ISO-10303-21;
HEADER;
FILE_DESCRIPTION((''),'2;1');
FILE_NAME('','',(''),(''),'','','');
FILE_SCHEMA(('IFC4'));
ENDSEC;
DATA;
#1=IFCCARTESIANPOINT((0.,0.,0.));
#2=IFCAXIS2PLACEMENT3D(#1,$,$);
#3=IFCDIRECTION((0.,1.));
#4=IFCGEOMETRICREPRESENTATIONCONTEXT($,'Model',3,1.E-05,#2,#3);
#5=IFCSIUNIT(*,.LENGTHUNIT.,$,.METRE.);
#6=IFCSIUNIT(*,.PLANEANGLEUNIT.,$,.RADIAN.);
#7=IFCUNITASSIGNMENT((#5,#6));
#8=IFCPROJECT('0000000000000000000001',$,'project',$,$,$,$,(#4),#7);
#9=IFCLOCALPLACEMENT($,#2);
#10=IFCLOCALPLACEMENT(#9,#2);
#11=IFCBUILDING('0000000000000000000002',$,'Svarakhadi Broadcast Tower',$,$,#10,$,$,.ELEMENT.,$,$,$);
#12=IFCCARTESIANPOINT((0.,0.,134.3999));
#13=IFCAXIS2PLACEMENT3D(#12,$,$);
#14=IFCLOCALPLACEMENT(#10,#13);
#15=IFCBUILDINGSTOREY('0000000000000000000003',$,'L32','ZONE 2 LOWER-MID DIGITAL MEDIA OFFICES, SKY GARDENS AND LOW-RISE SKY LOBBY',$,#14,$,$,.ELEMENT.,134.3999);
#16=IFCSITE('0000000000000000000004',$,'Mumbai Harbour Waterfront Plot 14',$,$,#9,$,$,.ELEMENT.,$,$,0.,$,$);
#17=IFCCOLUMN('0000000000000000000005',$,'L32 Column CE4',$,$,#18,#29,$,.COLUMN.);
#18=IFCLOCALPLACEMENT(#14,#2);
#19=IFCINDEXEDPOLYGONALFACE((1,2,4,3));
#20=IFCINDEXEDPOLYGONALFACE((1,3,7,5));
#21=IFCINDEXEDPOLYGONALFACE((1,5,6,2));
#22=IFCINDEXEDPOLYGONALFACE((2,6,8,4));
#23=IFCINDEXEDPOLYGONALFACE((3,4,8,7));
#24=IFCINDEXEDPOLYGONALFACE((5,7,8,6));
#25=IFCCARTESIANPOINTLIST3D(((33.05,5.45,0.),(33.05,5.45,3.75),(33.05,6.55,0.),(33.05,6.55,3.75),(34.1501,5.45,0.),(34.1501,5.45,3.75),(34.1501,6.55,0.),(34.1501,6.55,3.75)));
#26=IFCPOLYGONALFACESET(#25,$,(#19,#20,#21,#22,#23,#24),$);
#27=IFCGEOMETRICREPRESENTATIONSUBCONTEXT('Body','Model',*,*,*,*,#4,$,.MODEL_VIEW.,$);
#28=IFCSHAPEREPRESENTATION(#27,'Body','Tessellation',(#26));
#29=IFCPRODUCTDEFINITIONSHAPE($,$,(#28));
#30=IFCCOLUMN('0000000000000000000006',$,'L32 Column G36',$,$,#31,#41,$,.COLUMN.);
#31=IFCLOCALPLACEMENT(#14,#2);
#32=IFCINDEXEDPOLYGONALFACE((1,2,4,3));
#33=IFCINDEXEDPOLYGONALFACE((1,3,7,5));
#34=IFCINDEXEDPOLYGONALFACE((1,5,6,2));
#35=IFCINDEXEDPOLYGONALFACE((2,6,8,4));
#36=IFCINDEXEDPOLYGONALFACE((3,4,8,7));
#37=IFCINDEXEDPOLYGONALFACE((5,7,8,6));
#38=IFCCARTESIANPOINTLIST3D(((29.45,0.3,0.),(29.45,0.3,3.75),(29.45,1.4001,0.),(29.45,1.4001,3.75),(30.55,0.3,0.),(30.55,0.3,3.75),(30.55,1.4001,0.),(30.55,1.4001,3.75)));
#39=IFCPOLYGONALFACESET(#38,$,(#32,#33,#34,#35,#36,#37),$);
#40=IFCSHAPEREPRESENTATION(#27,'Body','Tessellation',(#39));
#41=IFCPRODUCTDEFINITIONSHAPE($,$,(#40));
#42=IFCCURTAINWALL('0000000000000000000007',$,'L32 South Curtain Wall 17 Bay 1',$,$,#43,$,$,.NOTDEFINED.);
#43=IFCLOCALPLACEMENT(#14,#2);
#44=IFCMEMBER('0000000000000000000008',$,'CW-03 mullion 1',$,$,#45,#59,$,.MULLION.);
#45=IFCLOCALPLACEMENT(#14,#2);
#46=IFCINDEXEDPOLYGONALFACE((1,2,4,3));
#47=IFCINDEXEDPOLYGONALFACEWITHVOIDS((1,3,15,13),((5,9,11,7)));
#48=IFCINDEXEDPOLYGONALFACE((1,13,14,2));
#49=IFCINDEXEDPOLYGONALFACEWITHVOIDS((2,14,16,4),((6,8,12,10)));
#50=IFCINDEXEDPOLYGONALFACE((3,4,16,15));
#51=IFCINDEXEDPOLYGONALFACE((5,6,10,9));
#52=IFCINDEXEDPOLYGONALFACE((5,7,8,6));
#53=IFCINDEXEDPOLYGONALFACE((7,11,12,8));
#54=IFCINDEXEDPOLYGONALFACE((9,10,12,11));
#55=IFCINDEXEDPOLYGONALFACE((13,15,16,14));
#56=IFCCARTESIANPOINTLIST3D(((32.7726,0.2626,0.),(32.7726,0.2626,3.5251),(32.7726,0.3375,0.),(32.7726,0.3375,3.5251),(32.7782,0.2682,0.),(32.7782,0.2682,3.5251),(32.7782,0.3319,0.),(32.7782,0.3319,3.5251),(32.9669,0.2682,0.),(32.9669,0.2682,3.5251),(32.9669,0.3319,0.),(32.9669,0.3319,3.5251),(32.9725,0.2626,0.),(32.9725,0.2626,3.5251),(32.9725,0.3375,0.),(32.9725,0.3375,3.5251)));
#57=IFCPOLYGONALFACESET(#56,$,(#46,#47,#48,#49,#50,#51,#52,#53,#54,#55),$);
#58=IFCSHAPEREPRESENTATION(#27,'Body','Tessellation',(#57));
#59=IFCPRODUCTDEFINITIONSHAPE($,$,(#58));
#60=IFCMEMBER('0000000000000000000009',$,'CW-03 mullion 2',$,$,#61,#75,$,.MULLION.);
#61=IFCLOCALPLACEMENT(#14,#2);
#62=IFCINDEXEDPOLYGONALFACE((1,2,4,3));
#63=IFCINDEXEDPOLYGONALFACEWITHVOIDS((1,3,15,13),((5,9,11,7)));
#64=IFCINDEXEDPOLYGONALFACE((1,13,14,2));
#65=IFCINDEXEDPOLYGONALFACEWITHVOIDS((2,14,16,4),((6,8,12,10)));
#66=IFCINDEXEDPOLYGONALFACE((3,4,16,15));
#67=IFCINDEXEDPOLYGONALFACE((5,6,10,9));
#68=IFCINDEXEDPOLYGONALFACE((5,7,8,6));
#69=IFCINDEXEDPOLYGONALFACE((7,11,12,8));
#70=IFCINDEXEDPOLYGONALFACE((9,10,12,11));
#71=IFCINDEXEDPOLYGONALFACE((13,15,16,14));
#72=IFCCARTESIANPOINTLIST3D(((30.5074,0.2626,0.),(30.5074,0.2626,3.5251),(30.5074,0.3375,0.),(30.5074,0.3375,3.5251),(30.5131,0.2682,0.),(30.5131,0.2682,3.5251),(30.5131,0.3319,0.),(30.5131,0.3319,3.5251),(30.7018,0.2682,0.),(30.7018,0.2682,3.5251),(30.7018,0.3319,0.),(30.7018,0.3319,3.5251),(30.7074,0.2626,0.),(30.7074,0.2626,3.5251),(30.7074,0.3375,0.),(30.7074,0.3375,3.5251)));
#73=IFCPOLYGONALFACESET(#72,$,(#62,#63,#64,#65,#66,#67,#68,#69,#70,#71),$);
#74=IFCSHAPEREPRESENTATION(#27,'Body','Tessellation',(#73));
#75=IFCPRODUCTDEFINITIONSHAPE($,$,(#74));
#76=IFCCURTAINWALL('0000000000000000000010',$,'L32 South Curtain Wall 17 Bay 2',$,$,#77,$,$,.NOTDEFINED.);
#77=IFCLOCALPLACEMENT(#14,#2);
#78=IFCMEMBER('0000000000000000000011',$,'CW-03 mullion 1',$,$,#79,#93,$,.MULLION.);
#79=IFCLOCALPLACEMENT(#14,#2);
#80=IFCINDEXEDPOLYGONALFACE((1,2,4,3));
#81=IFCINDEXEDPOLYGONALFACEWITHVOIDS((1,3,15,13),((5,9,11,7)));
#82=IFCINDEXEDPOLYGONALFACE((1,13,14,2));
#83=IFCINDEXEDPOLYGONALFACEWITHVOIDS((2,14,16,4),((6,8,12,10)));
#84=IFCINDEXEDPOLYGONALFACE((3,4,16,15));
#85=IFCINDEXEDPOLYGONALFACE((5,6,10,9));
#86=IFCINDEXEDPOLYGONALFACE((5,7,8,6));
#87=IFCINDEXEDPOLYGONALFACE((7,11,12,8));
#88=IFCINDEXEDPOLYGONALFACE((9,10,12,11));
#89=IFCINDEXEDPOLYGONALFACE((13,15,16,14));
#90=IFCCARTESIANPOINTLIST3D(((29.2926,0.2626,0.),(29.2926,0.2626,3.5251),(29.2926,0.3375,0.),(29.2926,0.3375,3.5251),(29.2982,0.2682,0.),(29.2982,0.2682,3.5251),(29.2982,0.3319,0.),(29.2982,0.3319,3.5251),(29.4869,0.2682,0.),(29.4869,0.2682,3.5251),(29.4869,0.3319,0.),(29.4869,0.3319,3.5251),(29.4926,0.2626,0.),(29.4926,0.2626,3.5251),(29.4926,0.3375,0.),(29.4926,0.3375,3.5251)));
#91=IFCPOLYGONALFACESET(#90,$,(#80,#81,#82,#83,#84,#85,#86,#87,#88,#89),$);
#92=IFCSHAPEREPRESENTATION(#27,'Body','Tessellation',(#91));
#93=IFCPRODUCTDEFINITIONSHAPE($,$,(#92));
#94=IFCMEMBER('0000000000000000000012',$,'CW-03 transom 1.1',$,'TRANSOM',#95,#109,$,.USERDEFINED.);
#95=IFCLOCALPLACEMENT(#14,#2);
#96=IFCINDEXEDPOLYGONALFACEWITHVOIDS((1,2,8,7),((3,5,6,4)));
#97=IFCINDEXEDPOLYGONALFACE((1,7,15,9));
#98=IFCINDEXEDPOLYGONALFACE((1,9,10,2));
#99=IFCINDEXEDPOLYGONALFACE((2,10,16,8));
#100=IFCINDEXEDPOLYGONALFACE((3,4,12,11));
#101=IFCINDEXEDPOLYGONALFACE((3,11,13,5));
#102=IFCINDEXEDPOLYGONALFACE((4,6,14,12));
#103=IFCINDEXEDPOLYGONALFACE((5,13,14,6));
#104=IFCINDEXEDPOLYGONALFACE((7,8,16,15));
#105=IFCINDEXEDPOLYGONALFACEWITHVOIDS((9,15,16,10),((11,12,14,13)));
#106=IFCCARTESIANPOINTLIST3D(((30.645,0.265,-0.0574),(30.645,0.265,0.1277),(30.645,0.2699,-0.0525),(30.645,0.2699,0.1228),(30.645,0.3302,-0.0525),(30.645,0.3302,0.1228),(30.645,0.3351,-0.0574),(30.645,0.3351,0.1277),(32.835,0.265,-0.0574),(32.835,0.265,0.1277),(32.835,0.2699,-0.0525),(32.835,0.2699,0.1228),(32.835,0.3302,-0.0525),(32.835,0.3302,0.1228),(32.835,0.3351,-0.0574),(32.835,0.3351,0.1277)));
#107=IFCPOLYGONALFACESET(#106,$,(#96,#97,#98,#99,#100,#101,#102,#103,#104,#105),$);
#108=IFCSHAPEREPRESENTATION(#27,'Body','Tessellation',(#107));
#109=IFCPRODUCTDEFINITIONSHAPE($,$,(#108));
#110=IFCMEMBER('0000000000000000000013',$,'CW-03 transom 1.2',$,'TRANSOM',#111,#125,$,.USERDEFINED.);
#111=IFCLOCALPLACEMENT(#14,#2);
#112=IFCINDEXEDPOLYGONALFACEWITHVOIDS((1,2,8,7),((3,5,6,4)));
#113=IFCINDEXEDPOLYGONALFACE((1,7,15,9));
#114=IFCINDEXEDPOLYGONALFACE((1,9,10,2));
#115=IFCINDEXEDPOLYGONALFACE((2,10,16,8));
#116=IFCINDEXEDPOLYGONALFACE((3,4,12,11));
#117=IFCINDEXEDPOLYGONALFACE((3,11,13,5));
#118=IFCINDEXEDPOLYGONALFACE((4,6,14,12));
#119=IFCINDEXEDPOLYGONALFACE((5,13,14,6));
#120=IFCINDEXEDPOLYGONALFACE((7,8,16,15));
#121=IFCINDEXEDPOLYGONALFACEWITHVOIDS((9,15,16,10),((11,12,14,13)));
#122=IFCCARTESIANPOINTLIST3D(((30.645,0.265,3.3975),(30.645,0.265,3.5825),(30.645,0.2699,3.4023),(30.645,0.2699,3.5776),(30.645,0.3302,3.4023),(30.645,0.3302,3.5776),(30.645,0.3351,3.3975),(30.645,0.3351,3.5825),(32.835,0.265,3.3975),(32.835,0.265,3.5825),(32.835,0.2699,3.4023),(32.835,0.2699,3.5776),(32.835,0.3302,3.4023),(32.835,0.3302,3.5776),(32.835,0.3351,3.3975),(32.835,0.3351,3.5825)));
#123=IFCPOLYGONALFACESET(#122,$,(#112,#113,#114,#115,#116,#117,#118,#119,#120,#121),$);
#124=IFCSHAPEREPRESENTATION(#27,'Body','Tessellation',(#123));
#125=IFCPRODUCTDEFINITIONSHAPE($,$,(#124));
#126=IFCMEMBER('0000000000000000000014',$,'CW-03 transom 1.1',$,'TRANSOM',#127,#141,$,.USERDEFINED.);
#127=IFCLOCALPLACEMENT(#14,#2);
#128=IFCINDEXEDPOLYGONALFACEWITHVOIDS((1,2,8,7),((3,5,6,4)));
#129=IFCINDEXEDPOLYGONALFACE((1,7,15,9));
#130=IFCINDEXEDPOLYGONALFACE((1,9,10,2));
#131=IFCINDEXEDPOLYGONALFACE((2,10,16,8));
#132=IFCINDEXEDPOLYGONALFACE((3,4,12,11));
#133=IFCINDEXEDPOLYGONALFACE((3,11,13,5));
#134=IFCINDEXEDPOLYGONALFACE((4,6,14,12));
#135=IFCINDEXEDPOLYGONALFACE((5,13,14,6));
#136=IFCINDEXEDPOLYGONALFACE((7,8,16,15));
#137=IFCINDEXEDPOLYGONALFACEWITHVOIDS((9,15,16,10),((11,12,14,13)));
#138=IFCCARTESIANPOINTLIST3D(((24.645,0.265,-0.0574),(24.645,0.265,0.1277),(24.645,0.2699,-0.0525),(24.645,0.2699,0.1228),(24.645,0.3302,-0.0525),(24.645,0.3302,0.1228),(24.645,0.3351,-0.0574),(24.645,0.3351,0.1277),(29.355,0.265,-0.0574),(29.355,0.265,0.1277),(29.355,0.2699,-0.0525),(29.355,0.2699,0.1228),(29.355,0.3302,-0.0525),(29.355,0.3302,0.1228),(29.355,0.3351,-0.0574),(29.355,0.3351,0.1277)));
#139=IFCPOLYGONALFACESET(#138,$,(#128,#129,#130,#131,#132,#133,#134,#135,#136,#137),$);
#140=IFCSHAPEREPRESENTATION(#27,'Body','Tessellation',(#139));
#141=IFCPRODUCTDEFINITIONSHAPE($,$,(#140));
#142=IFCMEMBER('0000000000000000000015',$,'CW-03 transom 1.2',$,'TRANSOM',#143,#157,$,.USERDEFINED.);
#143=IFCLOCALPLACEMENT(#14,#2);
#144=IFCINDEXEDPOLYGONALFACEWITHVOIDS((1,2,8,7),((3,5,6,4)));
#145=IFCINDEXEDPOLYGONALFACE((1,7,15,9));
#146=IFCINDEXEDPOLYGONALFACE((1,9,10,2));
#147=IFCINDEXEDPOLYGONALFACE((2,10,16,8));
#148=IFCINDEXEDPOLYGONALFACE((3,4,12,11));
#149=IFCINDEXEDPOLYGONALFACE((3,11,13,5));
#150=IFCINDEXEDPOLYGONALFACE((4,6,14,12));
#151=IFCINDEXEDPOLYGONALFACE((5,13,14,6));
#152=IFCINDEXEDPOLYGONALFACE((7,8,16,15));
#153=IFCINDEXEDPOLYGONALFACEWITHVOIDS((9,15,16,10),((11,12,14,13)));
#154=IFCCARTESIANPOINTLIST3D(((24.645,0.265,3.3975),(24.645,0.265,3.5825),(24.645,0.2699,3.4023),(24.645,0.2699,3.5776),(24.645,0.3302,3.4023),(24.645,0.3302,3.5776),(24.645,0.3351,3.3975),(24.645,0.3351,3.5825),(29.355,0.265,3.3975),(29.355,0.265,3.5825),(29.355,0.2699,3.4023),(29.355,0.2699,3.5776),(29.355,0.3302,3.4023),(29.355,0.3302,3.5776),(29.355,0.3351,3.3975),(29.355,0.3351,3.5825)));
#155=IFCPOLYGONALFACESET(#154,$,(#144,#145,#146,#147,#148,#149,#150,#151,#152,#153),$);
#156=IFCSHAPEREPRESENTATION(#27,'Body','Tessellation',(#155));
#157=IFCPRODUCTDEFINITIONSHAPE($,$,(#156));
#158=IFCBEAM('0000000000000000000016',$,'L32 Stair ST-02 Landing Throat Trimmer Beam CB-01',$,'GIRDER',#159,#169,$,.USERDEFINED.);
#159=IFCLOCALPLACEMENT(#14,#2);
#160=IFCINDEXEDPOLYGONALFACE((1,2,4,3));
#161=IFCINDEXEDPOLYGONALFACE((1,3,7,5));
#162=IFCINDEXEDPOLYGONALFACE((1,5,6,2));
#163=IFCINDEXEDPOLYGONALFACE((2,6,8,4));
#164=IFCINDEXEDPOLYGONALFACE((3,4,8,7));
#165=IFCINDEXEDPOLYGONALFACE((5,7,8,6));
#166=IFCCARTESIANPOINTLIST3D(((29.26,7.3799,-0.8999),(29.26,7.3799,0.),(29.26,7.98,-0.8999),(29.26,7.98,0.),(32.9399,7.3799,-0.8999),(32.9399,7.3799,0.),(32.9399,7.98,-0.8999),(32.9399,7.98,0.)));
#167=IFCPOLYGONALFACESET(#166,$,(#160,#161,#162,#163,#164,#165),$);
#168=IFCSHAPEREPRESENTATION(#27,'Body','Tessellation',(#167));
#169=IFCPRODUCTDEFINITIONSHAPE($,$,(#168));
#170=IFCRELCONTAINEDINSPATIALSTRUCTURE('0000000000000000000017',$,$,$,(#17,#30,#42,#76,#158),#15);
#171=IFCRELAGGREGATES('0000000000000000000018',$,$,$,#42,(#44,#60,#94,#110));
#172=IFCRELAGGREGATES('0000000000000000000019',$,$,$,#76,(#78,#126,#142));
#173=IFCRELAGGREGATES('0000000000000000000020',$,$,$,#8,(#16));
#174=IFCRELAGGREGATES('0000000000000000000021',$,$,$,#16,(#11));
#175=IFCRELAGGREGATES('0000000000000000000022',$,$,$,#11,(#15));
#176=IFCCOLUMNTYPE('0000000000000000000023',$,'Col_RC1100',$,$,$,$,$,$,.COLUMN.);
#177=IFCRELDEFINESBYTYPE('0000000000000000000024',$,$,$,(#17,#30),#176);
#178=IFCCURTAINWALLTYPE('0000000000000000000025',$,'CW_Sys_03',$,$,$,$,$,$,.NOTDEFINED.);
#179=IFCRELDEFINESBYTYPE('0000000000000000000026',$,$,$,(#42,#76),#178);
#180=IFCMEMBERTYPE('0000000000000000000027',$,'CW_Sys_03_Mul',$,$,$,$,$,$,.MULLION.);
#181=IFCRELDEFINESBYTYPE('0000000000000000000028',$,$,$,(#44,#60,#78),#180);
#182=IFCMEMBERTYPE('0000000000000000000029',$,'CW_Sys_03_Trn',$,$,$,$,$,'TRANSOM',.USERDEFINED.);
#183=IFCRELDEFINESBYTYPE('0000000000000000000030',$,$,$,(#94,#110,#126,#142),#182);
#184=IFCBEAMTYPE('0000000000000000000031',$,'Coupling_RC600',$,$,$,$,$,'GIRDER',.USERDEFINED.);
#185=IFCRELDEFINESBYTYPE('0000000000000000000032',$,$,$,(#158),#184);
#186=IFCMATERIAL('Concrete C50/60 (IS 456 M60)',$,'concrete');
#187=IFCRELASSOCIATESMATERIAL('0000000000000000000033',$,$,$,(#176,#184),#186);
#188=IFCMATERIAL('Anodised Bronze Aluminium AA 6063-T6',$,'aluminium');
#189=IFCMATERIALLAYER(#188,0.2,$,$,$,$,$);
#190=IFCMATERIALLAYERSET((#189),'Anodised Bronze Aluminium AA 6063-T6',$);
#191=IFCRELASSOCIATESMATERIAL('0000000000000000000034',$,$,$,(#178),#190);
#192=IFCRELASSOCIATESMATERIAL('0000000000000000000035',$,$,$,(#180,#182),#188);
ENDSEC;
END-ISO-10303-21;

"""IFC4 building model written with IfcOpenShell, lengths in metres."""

from ifc_helpers import new_model, si_unit, direction, frame, origin, origin_2d, place, context, subcontext, project, spatial, rectangle, hollow_rectangle, extrude, material, layer, layer_set, material_profile, profile_set, type_object, element, aggregate, save


model = new_model("IFC4")

# Units and contexts
model_context = context("Model", 3, precision=1e-05, world=origin(), true_north=direction((0.0, 1.0)))
body_context = subcontext(model_context, "Body", "Model", "MODEL_VIEW")
ifc_project = project(units=[si_unit("LENGTHUNIT", "METRE"), si_unit("PLANEANGLEUNIT", "RADIAN")], contexts=[model_context])

# Site, building, storey
site_placement = place(None, origin())
site = spatial("IfcSite", under=ifc_project, at=site_placement, Name="Mumbai Harbour Waterfront Plot 14", CompositionType="ELEMENT", RefElevation=0.0)
building_placement = place(site_placement, origin())
building = spatial("IfcBuilding", under=site, at=building_placement, Name="Svarakhadi Broadcast Tower", CompositionType="ELEMENT")
storey_placement = place(building_placement, frame((0.0, 0.0, 134.3999)))
storey = spatial("IfcBuildingStorey", under=building, at=storey_placement, Name="L32", Description="ZONE 2 LOWER-MID DIGITAL MEDIA OFFICES, SKY GARDENS AND LOW-RISE SKY LOBBY", CompositionType="ELEMENT", Elevation=134.3999)

# Columns
ifc_material_1 = material(Name="Concrete C50/60 (IS 456 M60)", Category="concrete")
ifc_material_profile_1 = material_profile(ifc_material_1, rectangle(XDim=1.1001, YDim=1.1001, at=origin_2d()), Name="RC 1100x1100")
ifc_profile_set_1 = profile_set([ifc_material_profile_1], Name="Concrete C50/60 (IS 456 M60)")
column_type = type_object("IfcColumnType", Name="Col_RC1100", PredefinedType="COLUMN", material=ifc_profile_set_1)
for number, where, z_axis, x_axis, name in (
    (1, (33.6001, 6.0, 0.0), (0.0, 0.0, 1.0), (1.0, 0.0, 0.0), "L32 Column CE4"),
    (2, (30.0, 0.8501, 0.0), (0.0, 0.0, 1.0), (1.0, 0.0, 0.0), "L32 Column G36"),
):
    element("IfcColumn", number, at=place(storey_placement, frame(where, z_axis=z_axis, x_axis=x_axis)), inside=storey, type_object=column_type, Name=name, PredefinedType="COLUMN", context=body_context, shape_type="SweptSolid", body=[
        extrude(rectangle(XDim=1.1001, YDim=1.1001, at=origin_2d()), origin(), (0.0, 0.0, 1.0), 3.75),
    ])

# Curtain wall, members
ifc_material_2 = material(Name="Anodised Bronze Aluminium AA 6063-T6", Category="aluminium")
ifc_layer_1 = layer(ifc_material_2, 0.2)
ifc_layer_set_1 = layer_set([ifc_layer_1], Name="Anodised Bronze Aluminium AA 6063-T6")
curtain_wall_type = type_object("IfcCurtainWallType", Name="CW_Sys_03", PredefinedType="NOTDEFINED", material=ifc_layer_set_1)
curtain_wall_1_placement = place(storey_placement, origin())
curtain_wall_1 = element("IfcCurtainWall", 3, at=curtain_wall_1_placement, inside=storey, type_object=curtain_wall_type, Name="L32 South Curtain Wall 17 Bay 1", PredefinedType="NOTDEFINED")
ifc_material_profile_2 = material_profile(ifc_material_2, hollow_rectangle(XDim=0.075, YDim=0.2, WallThickness=0.0056, at=origin_2d()), Name="ALU MULLION 200x75x6")
ifc_profile_set_2 = profile_set([ifc_material_profile_2], Name="Anodised Bronze Aluminium AA 6063-T6")
member_type_1 = type_object("IfcMemberType", Name="CW_Sys_03_Mul", PredefinedType="MULLION", material=ifc_profile_set_2)
member_1_placement = place(storey_placement, frame((32.8726, 0.3, 0.0), z_axis=(0.0, 0.0, 1.0), x_axis=(0.0, -1.0, 0.0)))
member_1 = element("IfcMember", 4, at=member_1_placement, type_object=member_type_1, Name="CW-03 mullion 1", PredefinedType="MULLION", context=body_context, shape_type="SweptSolid", body=[
    extrude(hollow_rectangle(XDim=0.075, YDim=0.2, WallThickness=0.0056, at=origin_2d()), origin(), (0.0, 0.0, 1.0), 3.5251),
])
member_2_placement = place(storey_placement, frame((30.6074, 0.3, 0.0), z_axis=(0.0, 0.0, 1.0), x_axis=(0.0, -1.0, 0.0)))
member_2 = element("IfcMember", 5, at=member_2_placement, type_object=member_type_1, Name="CW-03 mullion 2", PredefinedType="MULLION", context=body_context, shape_type="SweptSolid", body=[
    extrude(hollow_rectangle(XDim=0.075, YDim=0.2, WallThickness=0.0056, at=origin_2d()), origin(), (0.0, 0.0, 1.0), 3.5251),
])

# Curtain wall, member
curtain_wall_2_placement = place(storey_placement, origin())
curtain_wall_2 = element("IfcCurtainWall", 6, at=curtain_wall_2_placement, inside=storey, type_object=curtain_wall_type, Name="L32 South Curtain Wall 17 Bay 2", PredefinedType="NOTDEFINED")
member_3_placement = place(storey_placement, frame((29.3926, 0.3, 0.0), z_axis=(0.0, 0.0, 1.0), x_axis=(0.0, -1.0, 0.0)))
member_3 = element("IfcMember", 7, at=member_3_placement, type_object=member_type_1, Name="CW-03 mullion 1", PredefinedType="MULLION", context=body_context, shape_type="SweptSolid", body=[
    extrude(hollow_rectangle(XDim=0.075, YDim=0.2, WallThickness=0.0056, at=origin_2d()), origin(), (0.0, 0.0, 1.0), 3.5251),
])

# Members
ifc_material_profile_3 = material_profile(ifc_material_2, hollow_rectangle(XDim=0.0701, YDim=0.1851, WallThickness=0.0049, at=origin_2d()), Name="ALU TRANSOM 185x70x5")
ifc_profile_set_3 = profile_set([ifc_material_profile_3], Name="Anodised Bronze Aluminium AA 6063-T6")
member_type_2 = type_object("IfcMemberType", Name="CW_Sys_03_Trn", ElementType="TRANSOM", PredefinedType="USERDEFINED", material=ifc_profile_set_3)
member_4_placement = place(storey_placement, frame((32.835, 0.3, 0.0352), z_axis=(-1.0, 0.0, 0.0), x_axis=(0.0, -1.0, 0.0)))
member_4 = element("IfcMember", 8, at=member_4_placement, type_object=member_type_2, Name="CW-03 transom 1.1", ObjectType="TRANSOM", PredefinedType="USERDEFINED", context=body_context, shape_type="SweptSolid", body=[
    extrude(hollow_rectangle(XDim=0.0701, YDim=0.1851, WallThickness=0.0049, at=origin_2d()), origin(), (0.0, 0.0, 1.0), 2.1899),
])
member_5_placement = place(storey_placement, frame((32.835, 0.3, 3.49), z_axis=(-1.0, 0.0, 0.0), x_axis=(0.0, -1.0, 0.0)))
member_5 = element("IfcMember", 9, at=member_5_placement, type_object=member_type_2, Name="CW-03 transom 1.2", ObjectType="TRANSOM", PredefinedType="USERDEFINED", context=body_context, shape_type="SweptSolid", body=[
    extrude(hollow_rectangle(XDim=0.0701, YDim=0.1851, WallThickness=0.0049, at=origin_2d()), origin(), (0.0, 0.0, 1.0), 2.1899),
])
member_6_placement = place(storey_placement, frame((29.355, 0.3, 0.0352), z_axis=(-1.0, 0.0, 0.0), x_axis=(0.0, -1.0, 0.0)))
member_6 = element("IfcMember", 10, at=member_6_placement, type_object=member_type_2, Name="CW-03 transom 1.1", ObjectType="TRANSOM", PredefinedType="USERDEFINED", context=body_context, shape_type="SweptSolid", body=[
    extrude(hollow_rectangle(XDim=0.0701, YDim=0.1851, WallThickness=0.0049, at=origin_2d()), origin(), (0.0, 0.0, 1.0), 4.71),
])
member_7_placement = place(storey_placement, frame((29.355, 0.3, 3.49), z_axis=(-1.0, 0.0, 0.0), x_axis=(0.0, -1.0, 0.0)))
member_7 = element("IfcMember", 11, at=member_7_placement, type_object=member_type_2, Name="CW-03 transom 1.2", ObjectType="TRANSOM", PredefinedType="USERDEFINED", context=body_context, shape_type="SweptSolid", body=[
    extrude(hollow_rectangle(XDim=0.0701, YDim=0.1851, WallThickness=0.0049, at=origin_2d()), origin(), (0.0, 0.0, 1.0), 4.71),
])

# Beam
ifc_material_profile_4 = material_profile(ifc_material_1, rectangle(XDim=0.6001, YDim=0.8999, at=origin_2d()), Name="RC 600x900")
ifc_profile_set_4 = profile_set([ifc_material_profile_4], Name="Concrete C50/60 (IS 456 M60)")
beam_type_1 = type_object("IfcBeamType", Name="Coupling_RC600", ElementType="GIRDER", PredefinedType="USERDEFINED", material=ifc_profile_set_4)
beam_1_placement = place(storey_placement, frame((29.26, 7.6799, -0.45), z_axis=(1.0, 0.0, 0.0), x_axis=(0.0, 1.0, 0.0)))
element("IfcBeam", 12, at=beam_1_placement, inside=storey, type_object=beam_type_1, Name="L32 Stair ST-02 Landing Throat Trimmer Beam CB-01", ObjectType="GIRDER", PredefinedType="USERDEFINED", context=body_context, shape_type="SweptSolid", body=[
    extrude(rectangle(XDim=0.6001, YDim=0.8999, at=origin_2d()), origin(), (0.0, 0.0, 1.0), 3.6799),
])

aggregate(curtain_wall_1, [member_1, member_2, member_4, member_5])
aggregate(curtain_wall_2, [member_3, member_6, member_7])

save(model, "model.ifc")
